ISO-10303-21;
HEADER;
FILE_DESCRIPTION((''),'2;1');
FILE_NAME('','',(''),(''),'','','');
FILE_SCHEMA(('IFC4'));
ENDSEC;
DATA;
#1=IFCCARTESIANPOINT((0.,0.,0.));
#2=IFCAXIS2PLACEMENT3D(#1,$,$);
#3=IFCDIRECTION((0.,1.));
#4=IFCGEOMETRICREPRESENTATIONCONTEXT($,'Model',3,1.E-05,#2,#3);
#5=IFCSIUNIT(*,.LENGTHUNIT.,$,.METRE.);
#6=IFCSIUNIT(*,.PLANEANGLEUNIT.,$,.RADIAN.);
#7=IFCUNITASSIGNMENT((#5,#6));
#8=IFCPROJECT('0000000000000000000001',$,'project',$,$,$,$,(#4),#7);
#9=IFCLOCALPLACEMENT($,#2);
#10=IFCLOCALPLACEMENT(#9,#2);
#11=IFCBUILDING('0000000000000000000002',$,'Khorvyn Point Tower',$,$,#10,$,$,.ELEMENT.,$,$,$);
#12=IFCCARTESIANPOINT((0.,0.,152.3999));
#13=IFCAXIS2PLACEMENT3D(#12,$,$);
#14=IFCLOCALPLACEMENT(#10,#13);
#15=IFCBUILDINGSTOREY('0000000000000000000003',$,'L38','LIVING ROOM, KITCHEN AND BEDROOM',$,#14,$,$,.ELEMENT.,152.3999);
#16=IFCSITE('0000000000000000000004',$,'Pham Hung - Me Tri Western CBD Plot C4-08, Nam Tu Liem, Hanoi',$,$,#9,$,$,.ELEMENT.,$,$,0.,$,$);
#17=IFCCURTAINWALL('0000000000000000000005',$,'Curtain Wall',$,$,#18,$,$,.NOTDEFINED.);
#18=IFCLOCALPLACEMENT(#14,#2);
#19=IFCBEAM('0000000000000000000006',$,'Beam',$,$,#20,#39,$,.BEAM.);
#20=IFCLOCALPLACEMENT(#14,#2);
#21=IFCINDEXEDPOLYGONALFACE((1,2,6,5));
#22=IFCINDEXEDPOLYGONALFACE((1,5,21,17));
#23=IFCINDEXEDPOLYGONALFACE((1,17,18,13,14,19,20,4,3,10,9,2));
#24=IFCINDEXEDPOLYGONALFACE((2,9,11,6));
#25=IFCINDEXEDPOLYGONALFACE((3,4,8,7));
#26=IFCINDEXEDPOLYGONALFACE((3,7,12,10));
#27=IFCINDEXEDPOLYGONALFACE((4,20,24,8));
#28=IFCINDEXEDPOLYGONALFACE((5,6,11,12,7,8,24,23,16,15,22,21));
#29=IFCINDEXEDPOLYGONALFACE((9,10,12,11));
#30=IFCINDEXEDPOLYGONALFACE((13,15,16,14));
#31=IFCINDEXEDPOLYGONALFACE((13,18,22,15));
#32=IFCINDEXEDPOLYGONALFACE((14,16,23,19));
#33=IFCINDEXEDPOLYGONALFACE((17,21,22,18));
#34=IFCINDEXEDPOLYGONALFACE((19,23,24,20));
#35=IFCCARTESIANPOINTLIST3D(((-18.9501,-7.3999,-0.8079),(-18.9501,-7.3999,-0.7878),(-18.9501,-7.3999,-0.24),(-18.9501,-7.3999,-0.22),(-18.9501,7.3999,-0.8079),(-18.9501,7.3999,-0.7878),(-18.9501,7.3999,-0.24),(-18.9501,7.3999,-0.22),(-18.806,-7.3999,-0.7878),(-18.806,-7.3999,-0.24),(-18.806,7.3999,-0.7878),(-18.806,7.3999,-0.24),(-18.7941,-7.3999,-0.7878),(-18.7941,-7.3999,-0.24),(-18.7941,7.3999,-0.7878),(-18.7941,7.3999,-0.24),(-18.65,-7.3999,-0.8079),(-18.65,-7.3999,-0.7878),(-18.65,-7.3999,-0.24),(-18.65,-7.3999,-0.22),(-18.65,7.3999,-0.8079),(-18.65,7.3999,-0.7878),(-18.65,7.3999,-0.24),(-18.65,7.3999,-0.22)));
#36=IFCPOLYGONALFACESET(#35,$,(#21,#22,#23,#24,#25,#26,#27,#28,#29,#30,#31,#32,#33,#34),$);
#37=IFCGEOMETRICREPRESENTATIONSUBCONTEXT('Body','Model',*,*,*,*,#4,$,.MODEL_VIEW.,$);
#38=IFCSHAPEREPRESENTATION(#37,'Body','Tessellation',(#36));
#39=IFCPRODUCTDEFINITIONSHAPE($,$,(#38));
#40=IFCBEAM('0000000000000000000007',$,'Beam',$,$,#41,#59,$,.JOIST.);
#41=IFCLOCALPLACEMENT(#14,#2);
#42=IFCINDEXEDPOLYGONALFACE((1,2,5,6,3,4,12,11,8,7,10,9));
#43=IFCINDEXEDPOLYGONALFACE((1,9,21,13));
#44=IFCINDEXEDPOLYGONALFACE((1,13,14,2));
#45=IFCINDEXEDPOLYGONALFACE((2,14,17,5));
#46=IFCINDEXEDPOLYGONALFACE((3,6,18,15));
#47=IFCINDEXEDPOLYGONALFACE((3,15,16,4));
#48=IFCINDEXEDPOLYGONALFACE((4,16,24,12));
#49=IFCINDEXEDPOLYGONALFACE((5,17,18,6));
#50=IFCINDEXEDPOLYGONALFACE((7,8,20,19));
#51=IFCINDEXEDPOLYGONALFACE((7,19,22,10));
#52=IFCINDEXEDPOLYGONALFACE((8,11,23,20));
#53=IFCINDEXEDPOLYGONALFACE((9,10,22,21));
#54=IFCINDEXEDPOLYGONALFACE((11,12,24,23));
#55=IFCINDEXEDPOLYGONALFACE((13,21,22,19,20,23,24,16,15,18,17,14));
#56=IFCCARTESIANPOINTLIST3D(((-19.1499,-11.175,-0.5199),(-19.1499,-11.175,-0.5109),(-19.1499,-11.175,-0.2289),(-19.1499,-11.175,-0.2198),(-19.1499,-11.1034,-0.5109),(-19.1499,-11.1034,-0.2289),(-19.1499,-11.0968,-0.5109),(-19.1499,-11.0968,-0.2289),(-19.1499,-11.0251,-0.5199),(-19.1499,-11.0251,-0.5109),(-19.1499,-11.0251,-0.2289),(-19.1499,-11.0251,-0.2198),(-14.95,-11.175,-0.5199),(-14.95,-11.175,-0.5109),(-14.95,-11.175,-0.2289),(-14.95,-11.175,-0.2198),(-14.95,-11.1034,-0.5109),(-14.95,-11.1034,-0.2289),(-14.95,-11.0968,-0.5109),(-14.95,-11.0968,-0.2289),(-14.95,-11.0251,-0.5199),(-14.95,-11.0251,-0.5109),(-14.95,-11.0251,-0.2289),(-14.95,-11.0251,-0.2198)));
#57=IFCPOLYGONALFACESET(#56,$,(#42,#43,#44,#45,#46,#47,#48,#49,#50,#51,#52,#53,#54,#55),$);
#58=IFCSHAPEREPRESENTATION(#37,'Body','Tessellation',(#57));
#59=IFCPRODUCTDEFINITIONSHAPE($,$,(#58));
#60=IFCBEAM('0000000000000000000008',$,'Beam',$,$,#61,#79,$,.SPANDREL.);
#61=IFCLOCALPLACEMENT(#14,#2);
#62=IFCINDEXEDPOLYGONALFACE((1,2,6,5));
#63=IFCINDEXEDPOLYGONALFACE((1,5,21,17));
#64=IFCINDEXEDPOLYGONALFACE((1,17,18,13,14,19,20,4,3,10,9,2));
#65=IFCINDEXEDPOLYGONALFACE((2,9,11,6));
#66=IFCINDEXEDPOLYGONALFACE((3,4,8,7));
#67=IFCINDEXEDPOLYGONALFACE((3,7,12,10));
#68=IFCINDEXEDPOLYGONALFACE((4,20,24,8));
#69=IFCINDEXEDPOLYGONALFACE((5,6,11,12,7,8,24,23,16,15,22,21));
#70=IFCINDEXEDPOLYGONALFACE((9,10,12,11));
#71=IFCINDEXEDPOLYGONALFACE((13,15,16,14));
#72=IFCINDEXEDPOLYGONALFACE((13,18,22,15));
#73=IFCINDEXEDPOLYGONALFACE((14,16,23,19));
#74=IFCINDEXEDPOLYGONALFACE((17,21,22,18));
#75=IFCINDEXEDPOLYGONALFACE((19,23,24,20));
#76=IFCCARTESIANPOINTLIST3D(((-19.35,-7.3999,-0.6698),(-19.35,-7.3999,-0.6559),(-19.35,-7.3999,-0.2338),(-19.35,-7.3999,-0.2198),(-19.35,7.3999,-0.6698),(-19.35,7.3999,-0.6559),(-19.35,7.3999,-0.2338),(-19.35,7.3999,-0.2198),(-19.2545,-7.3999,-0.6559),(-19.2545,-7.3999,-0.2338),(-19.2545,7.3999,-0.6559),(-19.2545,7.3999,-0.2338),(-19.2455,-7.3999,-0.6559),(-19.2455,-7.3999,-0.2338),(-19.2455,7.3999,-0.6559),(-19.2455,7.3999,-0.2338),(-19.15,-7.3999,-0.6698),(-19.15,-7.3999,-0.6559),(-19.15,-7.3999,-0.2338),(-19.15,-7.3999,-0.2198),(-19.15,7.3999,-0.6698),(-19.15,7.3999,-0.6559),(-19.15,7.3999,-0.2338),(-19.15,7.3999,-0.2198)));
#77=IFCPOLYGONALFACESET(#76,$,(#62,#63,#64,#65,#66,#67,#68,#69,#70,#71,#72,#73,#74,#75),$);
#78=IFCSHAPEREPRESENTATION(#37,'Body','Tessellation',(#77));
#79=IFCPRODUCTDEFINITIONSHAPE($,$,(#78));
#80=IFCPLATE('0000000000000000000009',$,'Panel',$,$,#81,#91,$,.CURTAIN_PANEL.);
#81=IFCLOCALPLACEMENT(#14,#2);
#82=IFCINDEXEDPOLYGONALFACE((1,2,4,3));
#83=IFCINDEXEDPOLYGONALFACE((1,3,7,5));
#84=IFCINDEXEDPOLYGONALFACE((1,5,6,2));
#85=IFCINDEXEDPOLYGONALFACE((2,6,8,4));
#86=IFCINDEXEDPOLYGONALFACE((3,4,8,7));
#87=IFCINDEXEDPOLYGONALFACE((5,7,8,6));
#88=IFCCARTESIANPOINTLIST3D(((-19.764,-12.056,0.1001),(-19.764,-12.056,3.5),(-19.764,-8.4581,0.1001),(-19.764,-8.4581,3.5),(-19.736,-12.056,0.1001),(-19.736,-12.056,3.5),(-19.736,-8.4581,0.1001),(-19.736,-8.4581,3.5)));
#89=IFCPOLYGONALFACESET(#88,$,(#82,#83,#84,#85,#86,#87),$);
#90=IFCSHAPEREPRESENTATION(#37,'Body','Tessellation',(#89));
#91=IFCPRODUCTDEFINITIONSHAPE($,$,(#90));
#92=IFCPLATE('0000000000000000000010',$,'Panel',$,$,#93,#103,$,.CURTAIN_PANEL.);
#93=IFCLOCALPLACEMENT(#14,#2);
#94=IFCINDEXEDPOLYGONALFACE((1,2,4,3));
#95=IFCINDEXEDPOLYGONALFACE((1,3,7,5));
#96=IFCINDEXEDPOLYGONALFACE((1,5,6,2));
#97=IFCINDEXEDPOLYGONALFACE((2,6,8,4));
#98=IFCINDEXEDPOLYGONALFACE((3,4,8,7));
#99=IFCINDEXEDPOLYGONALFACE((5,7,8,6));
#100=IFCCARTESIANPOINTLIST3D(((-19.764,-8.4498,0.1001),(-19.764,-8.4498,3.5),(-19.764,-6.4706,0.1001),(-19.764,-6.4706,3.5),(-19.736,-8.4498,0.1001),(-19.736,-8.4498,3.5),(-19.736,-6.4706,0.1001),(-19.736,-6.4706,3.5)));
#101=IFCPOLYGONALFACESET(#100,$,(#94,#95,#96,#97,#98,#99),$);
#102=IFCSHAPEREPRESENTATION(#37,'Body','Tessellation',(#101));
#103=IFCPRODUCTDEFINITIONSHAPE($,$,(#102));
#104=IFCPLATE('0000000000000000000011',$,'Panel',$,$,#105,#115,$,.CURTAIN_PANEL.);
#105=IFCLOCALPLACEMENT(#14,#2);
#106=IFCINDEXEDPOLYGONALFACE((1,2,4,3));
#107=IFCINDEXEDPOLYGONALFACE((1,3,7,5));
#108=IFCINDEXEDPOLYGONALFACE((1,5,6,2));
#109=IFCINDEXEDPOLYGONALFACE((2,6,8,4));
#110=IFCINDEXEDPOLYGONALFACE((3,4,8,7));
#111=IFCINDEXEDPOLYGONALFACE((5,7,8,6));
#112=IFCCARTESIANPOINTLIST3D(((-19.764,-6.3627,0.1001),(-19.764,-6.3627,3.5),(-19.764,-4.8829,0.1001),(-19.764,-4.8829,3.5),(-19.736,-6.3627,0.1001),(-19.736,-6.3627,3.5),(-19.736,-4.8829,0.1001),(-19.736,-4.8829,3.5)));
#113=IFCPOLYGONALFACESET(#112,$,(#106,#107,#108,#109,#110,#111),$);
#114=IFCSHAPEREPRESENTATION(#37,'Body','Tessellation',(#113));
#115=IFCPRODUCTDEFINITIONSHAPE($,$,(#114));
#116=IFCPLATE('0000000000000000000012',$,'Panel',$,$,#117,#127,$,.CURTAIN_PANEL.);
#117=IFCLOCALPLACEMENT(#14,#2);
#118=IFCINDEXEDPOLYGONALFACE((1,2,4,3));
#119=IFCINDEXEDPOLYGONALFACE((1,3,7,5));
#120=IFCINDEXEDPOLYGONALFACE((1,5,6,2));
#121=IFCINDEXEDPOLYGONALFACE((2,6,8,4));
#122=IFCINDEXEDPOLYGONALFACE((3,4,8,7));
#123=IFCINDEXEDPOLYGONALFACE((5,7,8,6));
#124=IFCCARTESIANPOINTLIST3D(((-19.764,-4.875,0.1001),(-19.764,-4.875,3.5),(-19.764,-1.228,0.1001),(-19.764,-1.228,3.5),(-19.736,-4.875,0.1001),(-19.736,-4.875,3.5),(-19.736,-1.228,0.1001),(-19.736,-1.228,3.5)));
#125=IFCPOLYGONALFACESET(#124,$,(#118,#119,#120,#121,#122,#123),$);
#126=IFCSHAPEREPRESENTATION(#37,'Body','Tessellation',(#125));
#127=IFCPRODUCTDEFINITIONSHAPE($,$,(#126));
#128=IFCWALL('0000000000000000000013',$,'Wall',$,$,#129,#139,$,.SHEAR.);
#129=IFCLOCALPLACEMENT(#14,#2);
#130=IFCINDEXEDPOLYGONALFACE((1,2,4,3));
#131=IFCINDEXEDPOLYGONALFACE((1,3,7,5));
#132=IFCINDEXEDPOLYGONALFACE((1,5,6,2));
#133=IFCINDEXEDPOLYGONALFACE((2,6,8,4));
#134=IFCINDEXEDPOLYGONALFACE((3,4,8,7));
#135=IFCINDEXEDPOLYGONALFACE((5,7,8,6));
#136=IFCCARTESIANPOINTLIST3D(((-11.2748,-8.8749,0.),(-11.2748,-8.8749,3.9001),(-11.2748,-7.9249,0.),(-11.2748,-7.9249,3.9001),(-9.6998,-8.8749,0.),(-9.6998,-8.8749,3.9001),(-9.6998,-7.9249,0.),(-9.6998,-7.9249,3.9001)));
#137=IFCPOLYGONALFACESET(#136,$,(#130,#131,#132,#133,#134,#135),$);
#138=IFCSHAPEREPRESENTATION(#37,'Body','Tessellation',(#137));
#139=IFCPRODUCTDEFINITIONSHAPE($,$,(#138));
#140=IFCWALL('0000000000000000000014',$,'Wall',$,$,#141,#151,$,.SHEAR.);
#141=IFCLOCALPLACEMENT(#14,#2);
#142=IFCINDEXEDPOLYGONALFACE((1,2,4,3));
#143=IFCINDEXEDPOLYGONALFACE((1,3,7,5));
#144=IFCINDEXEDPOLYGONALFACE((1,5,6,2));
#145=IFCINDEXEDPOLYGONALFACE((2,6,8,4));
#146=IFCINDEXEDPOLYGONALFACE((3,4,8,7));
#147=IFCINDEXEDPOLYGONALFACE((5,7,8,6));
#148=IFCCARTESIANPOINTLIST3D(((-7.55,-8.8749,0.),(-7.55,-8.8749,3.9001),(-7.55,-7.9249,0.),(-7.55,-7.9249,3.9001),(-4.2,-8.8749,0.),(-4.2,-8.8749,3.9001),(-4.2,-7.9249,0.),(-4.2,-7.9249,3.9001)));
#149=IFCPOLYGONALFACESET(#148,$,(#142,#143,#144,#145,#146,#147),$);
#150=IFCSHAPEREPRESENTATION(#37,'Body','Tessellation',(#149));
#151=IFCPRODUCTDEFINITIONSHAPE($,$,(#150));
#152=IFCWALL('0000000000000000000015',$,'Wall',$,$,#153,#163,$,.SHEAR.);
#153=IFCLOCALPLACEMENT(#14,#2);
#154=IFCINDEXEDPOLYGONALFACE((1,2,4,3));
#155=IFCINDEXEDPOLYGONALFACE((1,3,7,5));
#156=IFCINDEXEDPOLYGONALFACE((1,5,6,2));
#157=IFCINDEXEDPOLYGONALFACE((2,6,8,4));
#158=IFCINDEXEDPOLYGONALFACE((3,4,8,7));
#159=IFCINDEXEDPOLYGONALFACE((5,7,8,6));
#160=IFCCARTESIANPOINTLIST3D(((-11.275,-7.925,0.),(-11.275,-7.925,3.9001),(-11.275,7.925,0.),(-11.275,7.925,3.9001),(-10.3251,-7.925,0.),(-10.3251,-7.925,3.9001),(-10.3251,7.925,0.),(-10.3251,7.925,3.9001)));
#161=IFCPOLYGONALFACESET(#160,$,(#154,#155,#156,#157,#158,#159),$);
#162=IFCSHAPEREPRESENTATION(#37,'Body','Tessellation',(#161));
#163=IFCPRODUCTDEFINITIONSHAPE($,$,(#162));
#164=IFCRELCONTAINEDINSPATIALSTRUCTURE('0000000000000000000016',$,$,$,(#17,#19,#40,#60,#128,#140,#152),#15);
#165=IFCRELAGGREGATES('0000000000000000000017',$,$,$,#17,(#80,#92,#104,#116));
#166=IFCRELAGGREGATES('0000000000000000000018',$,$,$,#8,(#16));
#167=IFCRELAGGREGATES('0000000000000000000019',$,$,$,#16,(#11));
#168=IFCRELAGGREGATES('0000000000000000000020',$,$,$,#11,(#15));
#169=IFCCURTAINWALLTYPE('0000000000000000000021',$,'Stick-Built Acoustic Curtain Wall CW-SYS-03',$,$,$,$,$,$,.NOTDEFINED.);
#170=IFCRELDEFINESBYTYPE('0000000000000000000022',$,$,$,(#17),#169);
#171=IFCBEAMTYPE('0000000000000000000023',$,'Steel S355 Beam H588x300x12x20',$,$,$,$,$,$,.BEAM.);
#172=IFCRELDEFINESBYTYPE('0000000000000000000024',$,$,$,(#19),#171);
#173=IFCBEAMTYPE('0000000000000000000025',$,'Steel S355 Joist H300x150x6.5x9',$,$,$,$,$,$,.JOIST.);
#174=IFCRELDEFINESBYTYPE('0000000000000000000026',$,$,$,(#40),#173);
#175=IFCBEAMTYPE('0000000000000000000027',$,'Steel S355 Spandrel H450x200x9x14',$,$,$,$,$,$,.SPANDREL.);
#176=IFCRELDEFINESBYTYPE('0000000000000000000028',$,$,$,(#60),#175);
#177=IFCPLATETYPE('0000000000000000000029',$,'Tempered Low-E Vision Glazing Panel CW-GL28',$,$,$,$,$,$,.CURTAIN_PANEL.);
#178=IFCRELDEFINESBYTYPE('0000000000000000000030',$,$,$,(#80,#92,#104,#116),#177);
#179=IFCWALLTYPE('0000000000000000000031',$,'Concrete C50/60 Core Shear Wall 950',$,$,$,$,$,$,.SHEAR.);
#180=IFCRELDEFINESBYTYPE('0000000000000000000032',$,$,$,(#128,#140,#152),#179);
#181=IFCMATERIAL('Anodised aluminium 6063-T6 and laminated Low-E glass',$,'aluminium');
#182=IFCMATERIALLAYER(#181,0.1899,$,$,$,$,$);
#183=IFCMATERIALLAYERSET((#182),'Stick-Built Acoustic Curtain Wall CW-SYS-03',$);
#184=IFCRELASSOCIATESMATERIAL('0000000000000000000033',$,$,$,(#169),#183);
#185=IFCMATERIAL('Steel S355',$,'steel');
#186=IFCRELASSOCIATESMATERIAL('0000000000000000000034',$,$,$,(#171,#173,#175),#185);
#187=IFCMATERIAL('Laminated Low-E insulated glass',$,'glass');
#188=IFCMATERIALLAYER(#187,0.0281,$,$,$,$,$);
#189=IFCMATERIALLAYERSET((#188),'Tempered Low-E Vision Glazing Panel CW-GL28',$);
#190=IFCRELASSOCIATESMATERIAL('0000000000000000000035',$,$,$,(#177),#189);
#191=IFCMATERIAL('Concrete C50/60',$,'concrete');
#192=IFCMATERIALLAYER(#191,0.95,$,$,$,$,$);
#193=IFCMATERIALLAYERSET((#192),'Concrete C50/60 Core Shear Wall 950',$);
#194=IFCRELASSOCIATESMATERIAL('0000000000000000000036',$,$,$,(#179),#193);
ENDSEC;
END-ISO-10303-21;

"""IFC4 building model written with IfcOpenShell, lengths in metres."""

from ifc_helpers import new_model, si_unit, direction, frame, frame_2d, origin, origin_2d, place, context, subcontext, project, spatial, rectangle, i_section, extrude, material, layer, layer_set, material_profile, profile_set, type_object, element, aggregate, save


model = new_model("IFC4")

# Units and contexts
model_context = context("Model", 3, precision=1e-05, world=origin(), true_north=direction((0.0, 1.0)))
body_context = subcontext(model_context, "Body", "Model", "MODEL_VIEW")
ifc_project = project(units=[si_unit("LENGTHUNIT", "METRE"), si_unit("PLANEANGLEUNIT", "RADIAN")], contexts=[model_context])

# Site, building, storey
site_placement = place(None, origin())
site = spatial("IfcSite", under=ifc_project, at=site_placement, Name="Pham Hung - Me Tri Western CBD Plot C4-08, Nam Tu Liem, Hanoi", CompositionType="ELEMENT", RefElevation=0.0)
building_placement = place(site_placement, origin())
building = spatial("IfcBuilding", under=site, at=building_placement, Name="Khorvyn Point Tower", CompositionType="ELEMENT")
storey_placement = place(building_placement, frame((0.0, 0.0, 152.3999)))
storey = spatial("IfcBuildingStorey", under=building, at=storey_placement, Name="L38", Description="LIVING ROOM, KITCHEN AND BEDROOM", CompositionType="ELEMENT", Elevation=152.3999)

# Shared definitions
ifc_material_1 = material(Name="Concrete C50/60", Category="concrete")

# Curtain wall
ifc_material_2 = material(Name="Anodised aluminium 6063-T6 and laminated Low-E glass", Category="aluminium")
ifc_layer_1 = layer(ifc_material_2, 0.1899)
ifc_layer_set_1 = layer_set([ifc_layer_1], Name="Stick-Built Acoustic Curtain Wall CW-SYS-03")
curtain_wall_type = type_object("IfcCurtainWallType", Name="Stick-Built Acoustic Curtain Wall CW-SYS-03", PredefinedType="NOTDEFINED", material=ifc_layer_set_1)
curtain_wall_placement = place(storey_placement, origin())
curtain_wall = element("IfcCurtainWall", 1, at=curtain_wall_placement, inside=storey, type_object=curtain_wall_type, Name="Curtain Wall", PredefinedType="NOTDEFINED")

# Beams
ifc_material_3 = material(Name="Steel S355", Category="steel")
ifc_material_profile_1 = material_profile(ifc_material_3, i_section(OverallWidth=0.3, OverallDepth=0.5879, WebThickness=0.012, FlangeThickness=0.02, at=origin_2d()))
ifc_profile_set_1 = profile_set([ifc_material_profile_1], Name="Steel S355 H588x300x12x20")
beam_type_1 = type_object("IfcBeamType", Name="Steel S355 Beam H588x300x12x20", PredefinedType="BEAM", material=ifc_profile_set_1)
for number, where, z_axis, x_axis, name in (
    (2, (-18.8, -7.3999, -0.5139), (0.0, 1.0, 0.0), (-1.0, 0.0, 0.0), "Beam"),
):
    element("IfcBeam", number, at=place(storey_placement, frame(where, z_axis=z_axis, x_axis=x_axis)), inside=storey, type_object=beam_type_1, Name=name, PredefinedType="BEAM", context=body_context, shape_type="SweptSolid", body=[
        extrude(i_section(OverallWidth=0.3, OverallDepth=0.5879, WebThickness=0.012, FlangeThickness=0.02, at=origin_2d()), origin(), (0.0, 0.0, 1.0), 14.7998),
    ])
ifc_material_profile_2 = material_profile(ifc_material_3, i_section(OverallWidth=0.1499, OverallDepth=0.3, WebThickness=0.0066, FlangeThickness=0.009, at=origin_2d()))
ifc_profile_set_2 = profile_set([ifc_material_profile_2], Name="Steel S355 H300x150x6.5x9")
beam_type_2 = type_object("IfcBeamType", Name="Steel S355 Joist H300x150x6.5x9", PredefinedType="JOIST", material=ifc_profile_set_2)
beam_1_placement = place(storey_placement, frame((-19.1499, -11.1001, -0.3699), z_axis=(1.0, 0.0, 0.0), x_axis=(0.0, 1.0, 0.0)))
element("IfcBeam", 3, at=beam_1_placement, inside=storey, type_object=beam_type_2, Name="Beam", PredefinedType="JOIST", context=body_context, shape_type="SweptSolid", body=[
    extrude(i_section(OverallWidth=0.1499, OverallDepth=0.3, WebThickness=0.0066, FlangeThickness=0.009, at=origin_2d()), origin(), (0.0, 0.0, 1.0), 4.2),
])
ifc_material_profile_3 = material_profile(ifc_material_3, i_section(OverallWidth=0.2, OverallDepth=0.45, WebThickness=0.009, FlangeThickness=0.0139, at=origin_2d()))
ifc_profile_set_3 = profile_set([ifc_material_profile_3], Name="Steel S355 H450x200x9x14")
beam_type_3 = type_object("IfcBeamType", Name="Steel S355 Spandrel H450x200x9x14", PredefinedType="SPANDREL", material=ifc_profile_set_3)
beam_2_placement = place(storey_placement, frame((-19.25, -7.3999, -0.4448), z_axis=(0.0, 1.0, 0.0), x_axis=(-1.0, 0.0, 0.0)))
element("IfcBeam", 4, at=beam_2_placement, inside=storey, type_object=beam_type_3, Name="Beam", PredefinedType="SPANDREL", context=body_context, shape_type="SweptSolid", body=[
    extrude(i_section(OverallWidth=0.2, OverallDepth=0.45, WebThickness=0.009, FlangeThickness=0.0139, at=origin_2d()), origin(), (0.0, 0.0, 1.0), 14.7998),
])

# Plates
ifc_material_4 = material(Name="Laminated Low-E insulated glass", Category="glass")
ifc_layer_2 = layer(ifc_material_4, 0.0281)
ifc_layer_set_2 = layer_set([ifc_layer_2], Name="Tempered Low-E Vision Glazing Panel CW-GL28")
plate_type = type_object("IfcPlateType", Name="Tempered Low-E Vision Glazing Panel CW-GL28", PredefinedType="CURTAIN_PANEL", material=ifc_layer_set_2)
plate_1_placement = place(storey_placement, frame((-19.75, -10.2571, 0.1001), z_axis=(0.0, 0.0, 1.0), x_axis=(0.0, 1.0, 0.0)))
plate_1 = element("IfcPlate", 5, at=plate_1_placement, type_object=plate_type, Name="Panel", PredefinedType="CURTAIN_PANEL", context=body_context, shape_type="SweptSolid", body=[
    extrude(rectangle(XDim=3.5979, YDim=0.0281, at=origin_2d()), origin(), (0.0, 0.0, 1.0), 3.3999),
])
plate_2_placement = place(storey_placement, frame((-19.75, -7.4602, 0.1001), z_axis=(0.0, 0.0, 1.0), x_axis=(0.0, 1.0, 0.0)))
plate_2 = element("IfcPlate", 6, at=plate_2_placement, type_object=plate_type, Name="Panel", PredefinedType="CURTAIN_PANEL", context=body_context, shape_type="SweptSolid", body=[
    extrude(rectangle(XDim=1.9792, YDim=0.0281, at=origin_2d()), origin(), (0.0, 0.0, 1.0), 3.3999),
])
plate_3_placement = place(storey_placement, frame((-19.75, -5.6228, 0.1001), z_axis=(0.0, 0.0, 1.0), x_axis=(0.0, 1.0, 0.0)))
plate_3 = element("IfcPlate", 7, at=plate_3_placement, type_object=plate_type, Name="Panel", PredefinedType="CURTAIN_PANEL", context=body_context, shape_type="SweptSolid", body=[
    extrude(rectangle(XDim=1.4797, YDim=0.0281, at=origin_2d()), origin(), (0.0, 0.0, 1.0), 3.3999),
])
plate_4_placement = place(storey_placement, frame((-19.75, -3.0515, 0.1001), z_axis=(0.0, 0.0, 1.0), x_axis=(0.0, 1.0, 0.0)))
plate_4 = element("IfcPlate", 8, at=plate_4_placement, type_object=plate_type, Name="Panel", PredefinedType="CURTAIN_PANEL", context=body_context, shape_type="SweptSolid", body=[
    extrude(rectangle(XDim=3.647, YDim=0.0281, at=origin_2d()), origin(), (0.0, 0.0, 1.0), 3.3999),
])
aggregate(curtain_wall, [plate_1, plate_2, plate_3, plate_4])

# Walls
ifc_layer_3 = layer(ifc_material_1, 0.95)
ifc_layer_set_3 = layer_set([ifc_layer_3], Name="Concrete C50/60 Core Shear Wall 950")
wall_type_1 = type_object("IfcWallType", Name="Concrete C50/60 Core Shear Wall 950", PredefinedType="SHEAR", material=ifc_layer_set_3)
wall_1_placement = place(storey_placement, frame((-11.2749, -8.3999, 0.0), z_axis=(0.0, 0.0, 1.0), x_axis=(1.0, 0.0, 0.0)))
element("IfcWall", 9, at=wall_1_placement, inside=storey, type_object=wall_type_1, Name="Wall", PredefinedType="SHEAR", context=body_context, shape_type="SweptSolid", body=[
    extrude(rectangle(XDim=1.575, YDim=0.95, at=frame_2d((0.7876, 0.0))), origin(), (0.0, 0.0, 1.0), 3.9001),
])
wall_2_placement = place(storey_placement, frame((-7.55, -8.3999, 0.0), z_axis=(0.0, 0.0, 1.0), x_axis=(1.0, 0.0, 0.0)))
element("IfcWall", 10, at=wall_2_placement, inside=storey, type_object=wall_type_1, Name="Wall", PredefinedType="SHEAR", context=body_context, shape_type="SweptSolid", body=[
    extrude(rectangle(XDim=3.3501, YDim=0.95, at=frame_2d((1.675, 0.0))), origin(), (0.0, 0.0, 1.0), 3.9001),
])
wall_3_placement = place(storey_placement, frame((-10.8, -7.925, 0.0), z_axis=(0.0, 0.0, 1.0), x_axis=(0.0, 1.0, 0.0)))
element("IfcWall", 11, at=wall_3_placement, inside=storey, type_object=wall_type_1, Name="Wall", PredefinedType="SHEAR", context=body_context, shape_type="SweptSolid", body=[
    extrude(rectangle(XDim=15.8501, YDim=0.95, at=frame_2d((7.925, 0.0))), origin(), (0.0, 0.0, 1.0), 3.9001),
])

save(model, "model.ifc")
